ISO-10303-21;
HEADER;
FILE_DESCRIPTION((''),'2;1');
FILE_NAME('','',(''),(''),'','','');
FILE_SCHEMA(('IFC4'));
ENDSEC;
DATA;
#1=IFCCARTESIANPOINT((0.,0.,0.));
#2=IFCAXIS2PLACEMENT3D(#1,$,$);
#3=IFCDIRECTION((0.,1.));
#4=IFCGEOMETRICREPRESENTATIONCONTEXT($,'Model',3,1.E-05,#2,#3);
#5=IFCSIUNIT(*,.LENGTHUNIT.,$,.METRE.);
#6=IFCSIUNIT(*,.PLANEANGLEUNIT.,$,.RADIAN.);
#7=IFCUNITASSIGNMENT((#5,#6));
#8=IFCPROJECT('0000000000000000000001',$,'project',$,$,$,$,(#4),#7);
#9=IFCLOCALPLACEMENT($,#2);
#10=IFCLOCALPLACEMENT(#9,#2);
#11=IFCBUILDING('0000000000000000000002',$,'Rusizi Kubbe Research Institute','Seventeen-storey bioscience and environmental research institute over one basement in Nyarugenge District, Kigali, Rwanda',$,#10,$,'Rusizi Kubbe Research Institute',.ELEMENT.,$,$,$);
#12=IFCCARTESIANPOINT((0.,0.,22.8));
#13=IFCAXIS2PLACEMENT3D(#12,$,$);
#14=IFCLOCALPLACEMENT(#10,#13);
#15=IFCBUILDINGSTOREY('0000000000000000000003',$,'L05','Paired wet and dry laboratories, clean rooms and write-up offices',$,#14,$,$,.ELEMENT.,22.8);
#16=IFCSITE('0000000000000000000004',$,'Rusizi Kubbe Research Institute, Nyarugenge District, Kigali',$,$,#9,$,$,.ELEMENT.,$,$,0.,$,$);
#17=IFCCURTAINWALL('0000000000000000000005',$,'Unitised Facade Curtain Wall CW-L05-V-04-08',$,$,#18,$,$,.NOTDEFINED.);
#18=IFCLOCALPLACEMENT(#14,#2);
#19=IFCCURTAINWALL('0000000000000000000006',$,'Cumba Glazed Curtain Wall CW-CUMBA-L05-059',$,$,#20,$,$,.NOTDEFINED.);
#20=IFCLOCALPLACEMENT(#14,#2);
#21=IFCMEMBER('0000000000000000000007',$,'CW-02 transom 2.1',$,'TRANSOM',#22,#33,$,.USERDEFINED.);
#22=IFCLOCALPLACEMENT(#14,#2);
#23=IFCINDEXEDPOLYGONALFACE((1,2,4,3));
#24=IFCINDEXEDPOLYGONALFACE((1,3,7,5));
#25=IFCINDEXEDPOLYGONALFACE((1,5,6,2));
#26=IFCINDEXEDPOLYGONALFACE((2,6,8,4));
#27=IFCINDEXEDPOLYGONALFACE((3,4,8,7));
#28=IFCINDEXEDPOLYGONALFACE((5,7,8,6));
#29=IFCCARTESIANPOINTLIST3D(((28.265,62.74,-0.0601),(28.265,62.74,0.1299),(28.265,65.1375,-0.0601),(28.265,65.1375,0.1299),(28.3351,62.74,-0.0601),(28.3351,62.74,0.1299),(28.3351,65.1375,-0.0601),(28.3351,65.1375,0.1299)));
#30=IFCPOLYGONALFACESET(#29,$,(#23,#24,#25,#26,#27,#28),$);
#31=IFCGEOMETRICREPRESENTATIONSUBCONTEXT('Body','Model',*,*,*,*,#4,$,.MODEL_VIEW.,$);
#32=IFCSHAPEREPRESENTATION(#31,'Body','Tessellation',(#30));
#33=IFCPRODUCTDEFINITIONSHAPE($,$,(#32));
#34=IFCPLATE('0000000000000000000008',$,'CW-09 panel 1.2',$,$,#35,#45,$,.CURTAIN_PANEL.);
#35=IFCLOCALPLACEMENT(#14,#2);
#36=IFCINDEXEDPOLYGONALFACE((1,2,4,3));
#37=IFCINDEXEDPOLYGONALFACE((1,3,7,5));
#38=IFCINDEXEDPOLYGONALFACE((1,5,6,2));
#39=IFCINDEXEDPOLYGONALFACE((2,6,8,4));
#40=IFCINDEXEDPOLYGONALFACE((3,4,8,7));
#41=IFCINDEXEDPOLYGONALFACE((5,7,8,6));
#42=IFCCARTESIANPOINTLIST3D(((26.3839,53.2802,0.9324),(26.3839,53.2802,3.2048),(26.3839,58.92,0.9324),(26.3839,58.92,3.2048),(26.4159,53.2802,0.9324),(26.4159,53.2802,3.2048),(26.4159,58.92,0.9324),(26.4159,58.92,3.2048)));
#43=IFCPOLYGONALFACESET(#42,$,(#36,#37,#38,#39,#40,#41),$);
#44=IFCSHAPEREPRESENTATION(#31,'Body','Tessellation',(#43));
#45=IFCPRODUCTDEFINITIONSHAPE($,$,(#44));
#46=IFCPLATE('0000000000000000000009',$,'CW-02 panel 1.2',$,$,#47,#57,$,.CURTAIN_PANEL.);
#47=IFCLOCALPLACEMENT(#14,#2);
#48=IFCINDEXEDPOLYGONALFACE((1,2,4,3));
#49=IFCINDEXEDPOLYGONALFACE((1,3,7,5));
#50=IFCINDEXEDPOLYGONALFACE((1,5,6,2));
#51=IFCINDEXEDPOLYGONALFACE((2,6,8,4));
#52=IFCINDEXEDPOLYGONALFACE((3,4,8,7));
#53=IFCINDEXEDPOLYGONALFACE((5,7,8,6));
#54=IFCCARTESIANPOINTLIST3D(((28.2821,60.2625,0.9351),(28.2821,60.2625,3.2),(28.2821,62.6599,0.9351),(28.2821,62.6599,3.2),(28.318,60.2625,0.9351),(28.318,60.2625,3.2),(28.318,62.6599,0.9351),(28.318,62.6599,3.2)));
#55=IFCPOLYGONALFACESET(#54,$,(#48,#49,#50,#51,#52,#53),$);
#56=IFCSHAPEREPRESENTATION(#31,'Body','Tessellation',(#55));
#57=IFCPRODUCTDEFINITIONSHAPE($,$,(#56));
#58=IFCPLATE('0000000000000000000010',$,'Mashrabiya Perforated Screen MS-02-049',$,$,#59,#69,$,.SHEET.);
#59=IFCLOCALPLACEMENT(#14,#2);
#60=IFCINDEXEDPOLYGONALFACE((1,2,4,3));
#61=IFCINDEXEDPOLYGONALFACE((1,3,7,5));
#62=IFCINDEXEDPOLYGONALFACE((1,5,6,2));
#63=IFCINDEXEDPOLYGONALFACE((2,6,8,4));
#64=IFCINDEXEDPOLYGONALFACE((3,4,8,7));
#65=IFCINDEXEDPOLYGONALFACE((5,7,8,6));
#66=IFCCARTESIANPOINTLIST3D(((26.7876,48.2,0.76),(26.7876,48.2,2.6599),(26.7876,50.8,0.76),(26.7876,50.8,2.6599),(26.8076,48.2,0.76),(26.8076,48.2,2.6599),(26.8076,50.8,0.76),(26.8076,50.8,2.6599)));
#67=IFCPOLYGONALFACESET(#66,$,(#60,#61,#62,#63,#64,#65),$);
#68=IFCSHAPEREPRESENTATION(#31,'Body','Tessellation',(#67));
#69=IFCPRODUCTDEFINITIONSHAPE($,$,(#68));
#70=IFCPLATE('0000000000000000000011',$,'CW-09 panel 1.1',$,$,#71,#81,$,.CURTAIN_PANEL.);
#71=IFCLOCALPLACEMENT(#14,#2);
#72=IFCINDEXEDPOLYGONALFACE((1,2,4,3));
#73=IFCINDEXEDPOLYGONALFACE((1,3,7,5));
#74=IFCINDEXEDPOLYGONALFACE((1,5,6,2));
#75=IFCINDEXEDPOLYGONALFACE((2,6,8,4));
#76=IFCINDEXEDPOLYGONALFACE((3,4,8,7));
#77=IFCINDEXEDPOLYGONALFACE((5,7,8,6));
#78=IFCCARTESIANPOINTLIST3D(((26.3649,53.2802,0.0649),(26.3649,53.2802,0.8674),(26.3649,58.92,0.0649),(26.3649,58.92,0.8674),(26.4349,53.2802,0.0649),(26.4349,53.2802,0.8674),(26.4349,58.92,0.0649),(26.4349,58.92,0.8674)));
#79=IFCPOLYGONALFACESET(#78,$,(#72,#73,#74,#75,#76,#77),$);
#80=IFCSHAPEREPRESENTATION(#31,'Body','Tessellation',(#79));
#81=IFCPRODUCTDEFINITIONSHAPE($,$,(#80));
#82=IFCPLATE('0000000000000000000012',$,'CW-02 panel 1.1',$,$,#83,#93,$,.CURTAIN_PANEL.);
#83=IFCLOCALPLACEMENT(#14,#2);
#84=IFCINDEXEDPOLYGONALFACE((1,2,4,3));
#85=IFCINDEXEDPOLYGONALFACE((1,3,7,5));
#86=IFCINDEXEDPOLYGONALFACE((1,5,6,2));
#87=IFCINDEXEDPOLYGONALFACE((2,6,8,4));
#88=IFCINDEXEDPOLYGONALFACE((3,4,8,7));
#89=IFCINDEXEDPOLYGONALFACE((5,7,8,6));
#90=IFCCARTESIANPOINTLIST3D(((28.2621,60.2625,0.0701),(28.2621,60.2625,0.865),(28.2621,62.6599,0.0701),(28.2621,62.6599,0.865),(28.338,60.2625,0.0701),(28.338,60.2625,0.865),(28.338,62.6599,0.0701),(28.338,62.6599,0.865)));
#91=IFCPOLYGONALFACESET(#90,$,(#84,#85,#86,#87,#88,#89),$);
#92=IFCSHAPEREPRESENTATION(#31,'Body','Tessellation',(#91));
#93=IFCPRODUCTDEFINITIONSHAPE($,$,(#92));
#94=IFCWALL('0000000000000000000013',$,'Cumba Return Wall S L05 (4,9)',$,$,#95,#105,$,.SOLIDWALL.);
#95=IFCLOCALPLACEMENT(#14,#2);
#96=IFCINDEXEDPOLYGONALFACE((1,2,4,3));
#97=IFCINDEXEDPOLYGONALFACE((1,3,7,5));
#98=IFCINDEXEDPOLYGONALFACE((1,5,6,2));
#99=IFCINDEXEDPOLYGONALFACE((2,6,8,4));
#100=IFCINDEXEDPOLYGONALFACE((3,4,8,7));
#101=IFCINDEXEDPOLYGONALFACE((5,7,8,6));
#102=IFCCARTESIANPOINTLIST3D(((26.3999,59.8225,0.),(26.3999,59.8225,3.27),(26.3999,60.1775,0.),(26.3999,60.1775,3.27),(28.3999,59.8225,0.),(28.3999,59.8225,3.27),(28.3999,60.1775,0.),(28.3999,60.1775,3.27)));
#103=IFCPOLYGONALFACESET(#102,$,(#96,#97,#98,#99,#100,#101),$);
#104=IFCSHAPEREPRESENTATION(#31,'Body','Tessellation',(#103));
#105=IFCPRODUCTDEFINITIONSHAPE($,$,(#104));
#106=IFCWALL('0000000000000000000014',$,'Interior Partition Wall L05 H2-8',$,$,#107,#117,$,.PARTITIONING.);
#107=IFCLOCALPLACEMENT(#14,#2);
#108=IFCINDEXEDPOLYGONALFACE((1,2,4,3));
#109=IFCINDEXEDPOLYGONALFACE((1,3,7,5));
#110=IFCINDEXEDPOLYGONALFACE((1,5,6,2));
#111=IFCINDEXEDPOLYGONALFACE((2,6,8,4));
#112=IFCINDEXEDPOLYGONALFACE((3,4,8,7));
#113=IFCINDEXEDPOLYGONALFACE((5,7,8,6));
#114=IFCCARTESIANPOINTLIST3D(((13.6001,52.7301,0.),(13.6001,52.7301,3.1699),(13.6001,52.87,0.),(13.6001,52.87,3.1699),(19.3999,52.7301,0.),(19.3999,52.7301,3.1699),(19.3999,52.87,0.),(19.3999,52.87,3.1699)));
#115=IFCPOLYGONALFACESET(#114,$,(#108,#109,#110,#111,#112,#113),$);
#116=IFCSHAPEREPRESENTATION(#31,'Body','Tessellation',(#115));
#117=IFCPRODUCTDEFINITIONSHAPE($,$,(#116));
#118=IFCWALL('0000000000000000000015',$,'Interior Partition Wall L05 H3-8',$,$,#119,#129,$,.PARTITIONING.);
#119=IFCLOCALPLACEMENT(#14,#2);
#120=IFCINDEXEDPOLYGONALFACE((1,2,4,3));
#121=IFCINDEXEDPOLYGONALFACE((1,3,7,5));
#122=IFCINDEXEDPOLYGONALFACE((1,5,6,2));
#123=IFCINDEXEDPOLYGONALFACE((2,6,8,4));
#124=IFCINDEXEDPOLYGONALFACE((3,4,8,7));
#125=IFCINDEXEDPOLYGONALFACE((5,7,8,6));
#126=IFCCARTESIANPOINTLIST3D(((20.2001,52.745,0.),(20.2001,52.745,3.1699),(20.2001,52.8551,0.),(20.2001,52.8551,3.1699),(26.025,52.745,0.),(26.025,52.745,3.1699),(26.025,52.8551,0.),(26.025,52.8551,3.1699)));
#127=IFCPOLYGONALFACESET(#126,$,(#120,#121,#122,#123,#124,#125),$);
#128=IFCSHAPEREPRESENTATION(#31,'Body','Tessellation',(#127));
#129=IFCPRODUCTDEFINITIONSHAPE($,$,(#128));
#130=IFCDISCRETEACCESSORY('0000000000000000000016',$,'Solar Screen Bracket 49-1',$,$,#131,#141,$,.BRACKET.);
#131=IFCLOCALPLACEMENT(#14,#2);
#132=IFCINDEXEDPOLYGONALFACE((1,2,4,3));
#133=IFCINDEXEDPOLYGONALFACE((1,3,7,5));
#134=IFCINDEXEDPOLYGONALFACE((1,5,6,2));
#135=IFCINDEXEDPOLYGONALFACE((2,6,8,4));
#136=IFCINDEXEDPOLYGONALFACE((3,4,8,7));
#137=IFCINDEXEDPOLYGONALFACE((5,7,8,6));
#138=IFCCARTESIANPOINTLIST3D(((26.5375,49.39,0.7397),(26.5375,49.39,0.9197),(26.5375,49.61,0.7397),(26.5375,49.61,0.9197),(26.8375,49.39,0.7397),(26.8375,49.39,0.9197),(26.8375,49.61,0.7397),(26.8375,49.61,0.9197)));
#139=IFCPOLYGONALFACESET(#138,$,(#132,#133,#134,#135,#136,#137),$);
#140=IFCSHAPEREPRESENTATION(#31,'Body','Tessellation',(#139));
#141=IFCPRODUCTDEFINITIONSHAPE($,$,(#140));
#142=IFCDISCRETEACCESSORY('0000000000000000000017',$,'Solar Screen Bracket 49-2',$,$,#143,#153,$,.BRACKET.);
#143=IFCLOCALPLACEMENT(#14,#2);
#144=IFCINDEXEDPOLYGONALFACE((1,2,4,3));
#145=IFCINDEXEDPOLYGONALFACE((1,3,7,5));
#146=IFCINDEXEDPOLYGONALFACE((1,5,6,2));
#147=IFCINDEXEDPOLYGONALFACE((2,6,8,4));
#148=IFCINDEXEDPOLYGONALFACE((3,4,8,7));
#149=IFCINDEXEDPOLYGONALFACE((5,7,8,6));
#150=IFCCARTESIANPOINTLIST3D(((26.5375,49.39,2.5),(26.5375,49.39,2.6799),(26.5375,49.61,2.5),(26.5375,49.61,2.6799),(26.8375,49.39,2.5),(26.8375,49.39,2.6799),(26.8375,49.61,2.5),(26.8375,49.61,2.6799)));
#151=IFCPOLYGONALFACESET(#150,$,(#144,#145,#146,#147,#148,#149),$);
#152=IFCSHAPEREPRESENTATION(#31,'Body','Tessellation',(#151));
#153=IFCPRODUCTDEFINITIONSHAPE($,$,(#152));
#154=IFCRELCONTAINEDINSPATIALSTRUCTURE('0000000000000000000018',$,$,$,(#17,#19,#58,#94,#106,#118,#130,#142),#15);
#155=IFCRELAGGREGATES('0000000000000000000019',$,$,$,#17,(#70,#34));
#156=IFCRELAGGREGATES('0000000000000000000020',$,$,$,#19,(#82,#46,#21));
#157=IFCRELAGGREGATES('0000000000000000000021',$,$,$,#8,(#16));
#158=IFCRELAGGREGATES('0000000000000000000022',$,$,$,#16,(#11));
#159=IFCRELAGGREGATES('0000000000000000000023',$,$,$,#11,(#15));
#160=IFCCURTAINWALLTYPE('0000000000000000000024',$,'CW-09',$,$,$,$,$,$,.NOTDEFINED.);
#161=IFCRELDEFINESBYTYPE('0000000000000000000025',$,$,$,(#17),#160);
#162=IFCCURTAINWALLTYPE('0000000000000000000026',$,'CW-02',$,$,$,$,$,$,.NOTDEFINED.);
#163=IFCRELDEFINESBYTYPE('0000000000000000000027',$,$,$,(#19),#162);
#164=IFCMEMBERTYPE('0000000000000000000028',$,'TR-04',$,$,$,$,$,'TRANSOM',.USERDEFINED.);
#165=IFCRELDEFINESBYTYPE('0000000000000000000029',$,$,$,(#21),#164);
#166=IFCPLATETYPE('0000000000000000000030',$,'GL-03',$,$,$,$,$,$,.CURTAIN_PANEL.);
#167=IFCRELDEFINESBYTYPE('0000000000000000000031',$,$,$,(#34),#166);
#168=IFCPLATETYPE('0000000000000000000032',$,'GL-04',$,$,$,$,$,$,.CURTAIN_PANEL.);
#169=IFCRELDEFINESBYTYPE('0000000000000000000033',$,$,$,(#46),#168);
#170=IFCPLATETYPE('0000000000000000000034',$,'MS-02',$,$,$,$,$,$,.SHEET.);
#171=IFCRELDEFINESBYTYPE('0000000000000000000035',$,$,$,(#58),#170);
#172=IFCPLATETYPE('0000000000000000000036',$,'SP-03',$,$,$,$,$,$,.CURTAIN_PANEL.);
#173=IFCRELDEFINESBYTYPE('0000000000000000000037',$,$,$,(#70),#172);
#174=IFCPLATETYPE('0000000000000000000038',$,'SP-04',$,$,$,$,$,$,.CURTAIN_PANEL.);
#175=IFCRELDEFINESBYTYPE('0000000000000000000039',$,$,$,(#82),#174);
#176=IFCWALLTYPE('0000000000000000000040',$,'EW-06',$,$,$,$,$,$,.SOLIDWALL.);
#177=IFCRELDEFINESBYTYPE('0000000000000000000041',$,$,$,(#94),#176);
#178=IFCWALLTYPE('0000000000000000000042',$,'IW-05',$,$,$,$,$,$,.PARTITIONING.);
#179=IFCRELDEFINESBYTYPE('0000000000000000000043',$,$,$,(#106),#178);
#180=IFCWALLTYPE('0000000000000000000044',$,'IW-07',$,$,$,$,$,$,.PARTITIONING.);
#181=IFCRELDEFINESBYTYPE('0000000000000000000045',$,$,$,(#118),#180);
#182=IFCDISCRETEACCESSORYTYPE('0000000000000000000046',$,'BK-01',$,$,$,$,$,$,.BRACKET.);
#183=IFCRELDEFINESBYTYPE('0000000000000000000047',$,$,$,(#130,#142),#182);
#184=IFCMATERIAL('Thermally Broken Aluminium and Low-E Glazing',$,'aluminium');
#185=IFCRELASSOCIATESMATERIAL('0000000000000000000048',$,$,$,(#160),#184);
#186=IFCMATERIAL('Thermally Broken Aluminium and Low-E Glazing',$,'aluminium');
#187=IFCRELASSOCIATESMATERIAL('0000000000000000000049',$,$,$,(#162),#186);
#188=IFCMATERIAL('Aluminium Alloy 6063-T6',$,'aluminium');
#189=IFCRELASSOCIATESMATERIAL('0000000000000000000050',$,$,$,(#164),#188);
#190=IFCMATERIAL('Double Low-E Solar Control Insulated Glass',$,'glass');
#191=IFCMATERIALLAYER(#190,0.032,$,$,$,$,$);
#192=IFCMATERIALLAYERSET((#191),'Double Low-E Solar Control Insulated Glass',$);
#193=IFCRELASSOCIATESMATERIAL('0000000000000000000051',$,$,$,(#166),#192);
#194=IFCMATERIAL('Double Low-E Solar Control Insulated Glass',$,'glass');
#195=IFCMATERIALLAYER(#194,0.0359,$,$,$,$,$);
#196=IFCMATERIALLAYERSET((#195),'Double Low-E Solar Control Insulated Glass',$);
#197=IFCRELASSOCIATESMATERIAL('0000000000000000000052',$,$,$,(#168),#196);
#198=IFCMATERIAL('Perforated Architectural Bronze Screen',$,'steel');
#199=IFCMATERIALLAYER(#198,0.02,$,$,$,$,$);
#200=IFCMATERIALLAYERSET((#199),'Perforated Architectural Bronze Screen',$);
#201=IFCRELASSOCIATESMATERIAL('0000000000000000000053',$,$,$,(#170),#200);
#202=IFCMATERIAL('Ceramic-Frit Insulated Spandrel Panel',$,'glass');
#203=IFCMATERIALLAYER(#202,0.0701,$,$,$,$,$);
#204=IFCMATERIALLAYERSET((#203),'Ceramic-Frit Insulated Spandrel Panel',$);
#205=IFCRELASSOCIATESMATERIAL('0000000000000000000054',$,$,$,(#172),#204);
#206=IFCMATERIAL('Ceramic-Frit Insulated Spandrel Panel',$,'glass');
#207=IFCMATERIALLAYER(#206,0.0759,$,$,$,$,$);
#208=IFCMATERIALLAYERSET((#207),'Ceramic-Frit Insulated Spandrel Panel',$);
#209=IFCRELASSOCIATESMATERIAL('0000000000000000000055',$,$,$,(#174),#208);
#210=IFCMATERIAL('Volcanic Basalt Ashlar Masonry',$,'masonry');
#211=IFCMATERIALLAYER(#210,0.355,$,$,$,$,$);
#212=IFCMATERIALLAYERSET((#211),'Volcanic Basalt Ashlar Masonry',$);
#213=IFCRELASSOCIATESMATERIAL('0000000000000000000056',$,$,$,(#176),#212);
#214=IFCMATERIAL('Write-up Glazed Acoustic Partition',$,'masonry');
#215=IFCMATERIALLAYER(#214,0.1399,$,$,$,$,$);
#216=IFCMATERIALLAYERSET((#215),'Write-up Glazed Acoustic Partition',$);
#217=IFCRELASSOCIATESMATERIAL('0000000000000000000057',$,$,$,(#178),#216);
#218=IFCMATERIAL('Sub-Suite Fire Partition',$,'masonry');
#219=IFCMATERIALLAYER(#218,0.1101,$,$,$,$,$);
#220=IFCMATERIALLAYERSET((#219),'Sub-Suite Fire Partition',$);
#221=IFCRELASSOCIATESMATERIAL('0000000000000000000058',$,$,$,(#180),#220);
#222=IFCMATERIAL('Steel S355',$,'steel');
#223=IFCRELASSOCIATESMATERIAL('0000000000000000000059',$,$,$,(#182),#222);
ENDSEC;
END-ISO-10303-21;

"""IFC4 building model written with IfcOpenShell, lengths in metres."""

from ifc_helpers import new_model, si_unit, direction, frame, frame_2d, origin, origin_2d, place, context, subcontext, project, spatial, rectangle, extrude, material, layer, layer_set, material_profile, profile_set, type_object, element, aggregate, save


model = new_model("IFC4")

# Units and contexts
model_context = context("Model", 3, precision=1e-05, world=origin(), true_north=direction((0.0, 1.0)))
body_context = subcontext(model_context, "Body", "Model", "MODEL_VIEW")
ifc_project = project(units=[si_unit("LENGTHUNIT", "METRE"), si_unit("PLANEANGLEUNIT", "RADIAN")], contexts=[model_context])

# Site, building, storey
site_placement = place(None, origin())
site = spatial("IfcSite", under=ifc_project, at=site_placement, Name="Rusizi Kubbe Research Institute, Nyarugenge District, Kigali", CompositionType="ELEMENT", RefElevation=0.0)
building_placement = place(site_placement, origin())
building = spatial("IfcBuilding", under=site, at=building_placement, Name="Rusizi Kubbe Research Institute", Description="Seventeen-storey bioscience and environmental research institute over one basement in Nyarugenge District, Kigali, Rwanda", LongName="Rusizi Kubbe Research Institute", CompositionType="ELEMENT")
storey_placement = place(building_placement, frame((0.0, 0.0, 22.8)))
storey = spatial("IfcBuildingStorey", under=building, at=storey_placement, Name="L05", Description="Paired wet and dry laboratories, clean rooms and write-up offices", CompositionType="ELEMENT", Elevation=22.8)

# Curtain walls
ifc_material_1 = material(Name="Thermally Broken Aluminium and Low-E Glazing", Category="aluminium")
curtain_wall_type_1 = type_object("IfcCurtainWallType", Name="CW-09", PredefinedType="NOTDEFINED", material=ifc_material_1)
curtain_wall_1_placement = place(storey_placement, origin())
curtain_wall_1 = element("IfcCurtainWall", 1, at=curtain_wall_1_placement, inside=storey, type_object=curtain_wall_type_1, Name="Unitised Facade Curtain Wall CW-L05-V-04-08", PredefinedType="NOTDEFINED")
ifc_material_2 = material(Name="Thermally Broken Aluminium and Low-E Glazing", Category="aluminium")
curtain_wall_type_2 = type_object("IfcCurtainWallType", Name="CW-02", PredefinedType="NOTDEFINED", material=ifc_material_2)
curtain_wall_2_placement = place(storey_placement, origin())
curtain_wall_2 = element("IfcCurtainWall", 2, at=curtain_wall_2_placement, inside=storey, type_object=curtain_wall_type_2, Name="Cumba Glazed Curtain Wall CW-CUMBA-L05-059", PredefinedType="NOTDEFINED")

# Member
ifc_material_3 = material(Name="Aluminium Alloy 6063-T6", Category="aluminium")
ifc_material_profile_1 = material_profile(ifc_material_3, rectangle(XDim=0.0701, YDim=0.1899, at=origin_2d()), Name="ALU-T 70x190")
ifc_profile_set_1 = profile_set([ifc_material_profile_1], Name="Aluminium Alloy 6063-T6")
member_type_1 = type_object("IfcMemberType", Name="TR-04", ElementType="TRANSOM", PredefinedType="USERDEFINED", material=ifc_profile_set_1)
member_1_placement = place(storey_placement, frame((28.3, 62.74, 0.0349), z_axis=(0.0, 1.0, 0.0), x_axis=(-1.0, 0.0, 0.0)))
member_1 = element("IfcMember", 3, at=member_1_placement, type_object=member_type_1, Name="CW-02 transom 2.1", ObjectType="TRANSOM", PredefinedType="USERDEFINED", context=body_context, shape_type="SweptSolid", body=[
    extrude(rectangle(XDim=0.0701, YDim=0.1899, at=origin_2d()), origin(), (0.0, 0.0, 1.0), 2.3975),
])

# Plates
ifc_material_4 = material(Name="Double Low-E Solar Control Insulated Glass", Category="glass")
ifc_layer_1 = layer(ifc_material_4, 0.032)
ifc_layer_set_1 = layer_set([ifc_layer_1], Name="Double Low-E Solar Control Insulated Glass")
plate_type_1 = type_object("IfcPlateType", Name="GL-03", PredefinedType="CURTAIN_PANEL", material=ifc_layer_set_1)
plate_1_placement = place(storey_placement, frame((26.3999, 56.1001, 0.9324), z_axis=(0.0, 0.0, 1.0), x_axis=(0.0, 1.0, 0.0)))
plate_1 = element("IfcPlate", 4, at=plate_1_placement, type_object=plate_type_1, Name="CW-09 panel 1.2", PredefinedType="CURTAIN_PANEL", context=body_context, shape_type="SweptSolid", body=[
    extrude(rectangle(XDim=5.6399, YDim=0.032, at=origin_2d()), origin(), (0.0, 0.0, 1.0), 2.2725),
])
ifc_material_5 = material(Name="Double Low-E Solar Control Insulated Glass", Category="glass")
ifc_layer_2 = layer(ifc_material_5, 0.0359)
ifc_layer_set_2 = layer_set([ifc_layer_2], Name="Double Low-E Solar Control Insulated Glass")
plate_type_2 = type_object("IfcPlateType", Name="GL-04", PredefinedType="CURTAIN_PANEL", material=ifc_layer_set_2)
plate_2_placement = place(storey_placement, frame((28.3, 61.4612, 0.9351), z_axis=(0.0, 0.0, 1.0), x_axis=(0.0, 1.0, 0.0)))
plate_2 = element("IfcPlate", 5, at=plate_2_placement, type_object=plate_type_2, Name="CW-02 panel 1.2", PredefinedType="CURTAIN_PANEL", context=body_context, shape_type="SweptSolid", body=[
    extrude(rectangle(XDim=2.3975, YDim=0.0359, at=origin_2d()), origin(), (0.0, 0.0, 1.0), 2.2649),
])
ifc_material_6 = material(Name="Perforated Architectural Bronze Screen", Category="steel")
ifc_layer_3 = layer(ifc_material_6, 0.02)
ifc_layer_set_3 = layer_set([ifc_layer_3], Name="Perforated Architectural Bronze Screen")
plate_type_3 = type_object("IfcPlateType", Name="MS-02", PredefinedType="SHEET", material=ifc_layer_set_3)
plate_3_placement = place(storey_placement, frame((26.7976, 49.5, 0.76), z_axis=(0.0, 0.0, 1.0), x_axis=(0.0, 1.0, 0.0)))
element("IfcPlate", 6, at=plate_3_placement, inside=storey, type_object=plate_type_3, Name="Mashrabiya Perforated Screen MS-02-049", PredefinedType="SHEET", context=body_context, shape_type="SweptSolid", body=[
    extrude(rectangle(XDim=2.6001, YDim=0.02, at=origin_2d()), origin(), (0.0, 0.0, 1.0), 1.8999),
])
ifc_material_7 = material(Name="Ceramic-Frit Insulated Spandrel Panel", Category="glass")
ifc_layer_4 = layer(ifc_material_7, 0.0701)
ifc_layer_set_4 = layer_set([ifc_layer_4], Name="Ceramic-Frit Insulated Spandrel Panel")
plate_type_4 = type_object("IfcPlateType", Name="SP-03", PredefinedType="CURTAIN_PANEL", material=ifc_layer_set_4)
plate_4_placement = place(storey_placement, frame((26.3999, 56.1001, 0.0649), z_axis=(0.0, 0.0, 1.0), x_axis=(0.0, 1.0, 0.0)))
plate_4 = element("IfcPlate", 7, at=plate_4_placement, type_object=plate_type_4, Name="CW-09 panel 1.1", PredefinedType="CURTAIN_PANEL", context=body_context, shape_type="SweptSolid", body=[
    extrude(rectangle(XDim=5.6399, YDim=0.0701, at=origin_2d()), origin(), (0.0, 0.0, 1.0), 0.8025),
])
aggregate(curtain_wall_1, [plate_4, plate_1])
ifc_material_8 = material(Name="Ceramic-Frit Insulated Spandrel Panel", Category="glass")
ifc_layer_5 = layer(ifc_material_8, 0.0759)
ifc_layer_set_5 = layer_set([ifc_layer_5], Name="Ceramic-Frit Insulated Spandrel Panel")
plate_type_5 = type_object("IfcPlateType", Name="SP-04", PredefinedType="CURTAIN_PANEL", material=ifc_layer_set_5)
plate_5_placement = place(storey_placement, frame((28.3, 61.4612, 0.0701), z_axis=(0.0, 0.0, 1.0), x_axis=(0.0, 1.0, 0.0)))
plate_5 = element("IfcPlate", 8, at=plate_5_placement, type_object=plate_type_5, Name="CW-02 panel 1.1", PredefinedType="CURTAIN_PANEL", context=body_context, shape_type="SweptSolid", body=[
    extrude(rectangle(XDim=2.3975, YDim=0.0759, at=origin_2d()), origin(), (0.0, 0.0, 1.0), 0.7949),
])
aggregate(curtain_wall_2, [plate_5, plate_2, member_1])

# Walls
ifc_material_9 = material(Name="Volcanic Basalt Ashlar Masonry", Category="masonry")
ifc_layer_6 = layer(ifc_material_9, 0.355)
ifc_layer_set_6 = layer_set([ifc_layer_6], Name="Volcanic Basalt Ashlar Masonry")
wall_type_1 = type_object("IfcWallType", Name="EW-06", PredefinedType="SOLIDWALL", material=ifc_layer_set_6)
wall_1_placement = place(storey_placement, frame((26.3999, 60.0, 0.0), z_axis=(0.0, 0.0, 1.0), x_axis=(1.0, 0.0, 0.0)))
element("IfcWall", 9, at=wall_1_placement, inside=storey, type_object=wall_type_1, Name="Cumba Return Wall S L05 (4,9)", PredefinedType="SOLIDWALL", context=body_context, shape_type="SweptSolid", body=[
    extrude(rectangle(XDim=2.0, YDim=0.355, at=frame_2d((1.0, 0.0))), origin(), (0.0, 0.0, 1.0), 3.27),
])
ifc_material_10 = material(Name="Write-up Glazed Acoustic Partition", Category="masonry")
ifc_layer_7 = layer(ifc_material_10, 0.1399)
ifc_layer_set_7 = layer_set([ifc_layer_7], Name="Write-up Glazed Acoustic Partition")
wall_type_2 = type_object("IfcWallType", Name="IW-05", PredefinedType="PARTITIONING", material=ifc_layer_set_7)
wall_2_placement = place(storey_placement, frame((13.6001, 52.8, 0.0), z_axis=(0.0, 0.0, 1.0), x_axis=(1.0, 0.0, 0.0)))
element("IfcWall", 10, at=wall_2_placement, inside=storey, type_object=wall_type_2, Name="Interior Partition Wall L05 H2-8", PredefinedType="PARTITIONING", context=body_context, shape_type="SweptSolid", body=[
    extrude(rectangle(XDim=5.7998, YDim=0.1399, at=frame_2d((2.8999, 0.0))), origin(), (0.0, 0.0, 1.0), 3.1699),
])
ifc_material_11 = material(Name="Sub-Suite Fire Partition", Category="masonry")
ifc_layer_8 = layer(ifc_material_11, 0.1101)
ifc_layer_set_8 = layer_set([ifc_layer_8], Name="Sub-Suite Fire Partition")
wall_type_3 = type_object("IfcWallType", Name="IW-07", PredefinedType="PARTITIONING", material=ifc_layer_set_8)
wall_3_placement = place(storey_placement, frame((20.2, 52.8, 0.0), z_axis=(0.0, 0.0, 1.0), x_axis=(1.0, 0.0, 0.0)))
element("IfcWall", 11, at=wall_3_placement, inside=storey, type_object=wall_type_3, Name="Interior Partition Wall L05 H3-8", PredefinedType="PARTITIONING", context=body_context, shape_type="SweptSolid", body=[
    extrude(rectangle(XDim=5.825, YDim=0.1101, at=frame_2d((2.9126, 0.0))), origin(), (0.0, 0.0, 1.0), 3.1699),
])

# Discrete accessories
ifc_material_12 = material(Name="Steel S355", Category="steel")
discrete_accessory_type = type_object("IfcDiscreteAccessoryType", Name="BK-01", PredefinedType="BRACKET", material=ifc_material_12)
for number, where, z_axis, x_axis, name in (
    (12, (26.6875, 49.5, 0.7397), (0.0, 0.0, 1.0), (1.0, 0.0, 0.0), "Solar Screen Bracket 49-1"),
    (13, (26.6875, 49.5, 2.5), (0.0, 0.0, 1.0), (1.0, 0.0, 0.0), "Solar Screen Bracket 49-2"),
):
    element("IfcDiscreteAccessory", number, at=place(storey_placement, frame(where, z_axis=z_axis, x_axis=x_axis)), inside=storey, type_object=discrete_accessory_type, Name=name, PredefinedType="BRACKET", context=body_context, shape_type="SweptSolid", body=[
        extrude(rectangle(XDim=0.3, YDim=0.22, at=origin_2d()), origin(), (0.0, 0.0, 1.0), 0.1799),
    ])

save(model, "model.ifc")
